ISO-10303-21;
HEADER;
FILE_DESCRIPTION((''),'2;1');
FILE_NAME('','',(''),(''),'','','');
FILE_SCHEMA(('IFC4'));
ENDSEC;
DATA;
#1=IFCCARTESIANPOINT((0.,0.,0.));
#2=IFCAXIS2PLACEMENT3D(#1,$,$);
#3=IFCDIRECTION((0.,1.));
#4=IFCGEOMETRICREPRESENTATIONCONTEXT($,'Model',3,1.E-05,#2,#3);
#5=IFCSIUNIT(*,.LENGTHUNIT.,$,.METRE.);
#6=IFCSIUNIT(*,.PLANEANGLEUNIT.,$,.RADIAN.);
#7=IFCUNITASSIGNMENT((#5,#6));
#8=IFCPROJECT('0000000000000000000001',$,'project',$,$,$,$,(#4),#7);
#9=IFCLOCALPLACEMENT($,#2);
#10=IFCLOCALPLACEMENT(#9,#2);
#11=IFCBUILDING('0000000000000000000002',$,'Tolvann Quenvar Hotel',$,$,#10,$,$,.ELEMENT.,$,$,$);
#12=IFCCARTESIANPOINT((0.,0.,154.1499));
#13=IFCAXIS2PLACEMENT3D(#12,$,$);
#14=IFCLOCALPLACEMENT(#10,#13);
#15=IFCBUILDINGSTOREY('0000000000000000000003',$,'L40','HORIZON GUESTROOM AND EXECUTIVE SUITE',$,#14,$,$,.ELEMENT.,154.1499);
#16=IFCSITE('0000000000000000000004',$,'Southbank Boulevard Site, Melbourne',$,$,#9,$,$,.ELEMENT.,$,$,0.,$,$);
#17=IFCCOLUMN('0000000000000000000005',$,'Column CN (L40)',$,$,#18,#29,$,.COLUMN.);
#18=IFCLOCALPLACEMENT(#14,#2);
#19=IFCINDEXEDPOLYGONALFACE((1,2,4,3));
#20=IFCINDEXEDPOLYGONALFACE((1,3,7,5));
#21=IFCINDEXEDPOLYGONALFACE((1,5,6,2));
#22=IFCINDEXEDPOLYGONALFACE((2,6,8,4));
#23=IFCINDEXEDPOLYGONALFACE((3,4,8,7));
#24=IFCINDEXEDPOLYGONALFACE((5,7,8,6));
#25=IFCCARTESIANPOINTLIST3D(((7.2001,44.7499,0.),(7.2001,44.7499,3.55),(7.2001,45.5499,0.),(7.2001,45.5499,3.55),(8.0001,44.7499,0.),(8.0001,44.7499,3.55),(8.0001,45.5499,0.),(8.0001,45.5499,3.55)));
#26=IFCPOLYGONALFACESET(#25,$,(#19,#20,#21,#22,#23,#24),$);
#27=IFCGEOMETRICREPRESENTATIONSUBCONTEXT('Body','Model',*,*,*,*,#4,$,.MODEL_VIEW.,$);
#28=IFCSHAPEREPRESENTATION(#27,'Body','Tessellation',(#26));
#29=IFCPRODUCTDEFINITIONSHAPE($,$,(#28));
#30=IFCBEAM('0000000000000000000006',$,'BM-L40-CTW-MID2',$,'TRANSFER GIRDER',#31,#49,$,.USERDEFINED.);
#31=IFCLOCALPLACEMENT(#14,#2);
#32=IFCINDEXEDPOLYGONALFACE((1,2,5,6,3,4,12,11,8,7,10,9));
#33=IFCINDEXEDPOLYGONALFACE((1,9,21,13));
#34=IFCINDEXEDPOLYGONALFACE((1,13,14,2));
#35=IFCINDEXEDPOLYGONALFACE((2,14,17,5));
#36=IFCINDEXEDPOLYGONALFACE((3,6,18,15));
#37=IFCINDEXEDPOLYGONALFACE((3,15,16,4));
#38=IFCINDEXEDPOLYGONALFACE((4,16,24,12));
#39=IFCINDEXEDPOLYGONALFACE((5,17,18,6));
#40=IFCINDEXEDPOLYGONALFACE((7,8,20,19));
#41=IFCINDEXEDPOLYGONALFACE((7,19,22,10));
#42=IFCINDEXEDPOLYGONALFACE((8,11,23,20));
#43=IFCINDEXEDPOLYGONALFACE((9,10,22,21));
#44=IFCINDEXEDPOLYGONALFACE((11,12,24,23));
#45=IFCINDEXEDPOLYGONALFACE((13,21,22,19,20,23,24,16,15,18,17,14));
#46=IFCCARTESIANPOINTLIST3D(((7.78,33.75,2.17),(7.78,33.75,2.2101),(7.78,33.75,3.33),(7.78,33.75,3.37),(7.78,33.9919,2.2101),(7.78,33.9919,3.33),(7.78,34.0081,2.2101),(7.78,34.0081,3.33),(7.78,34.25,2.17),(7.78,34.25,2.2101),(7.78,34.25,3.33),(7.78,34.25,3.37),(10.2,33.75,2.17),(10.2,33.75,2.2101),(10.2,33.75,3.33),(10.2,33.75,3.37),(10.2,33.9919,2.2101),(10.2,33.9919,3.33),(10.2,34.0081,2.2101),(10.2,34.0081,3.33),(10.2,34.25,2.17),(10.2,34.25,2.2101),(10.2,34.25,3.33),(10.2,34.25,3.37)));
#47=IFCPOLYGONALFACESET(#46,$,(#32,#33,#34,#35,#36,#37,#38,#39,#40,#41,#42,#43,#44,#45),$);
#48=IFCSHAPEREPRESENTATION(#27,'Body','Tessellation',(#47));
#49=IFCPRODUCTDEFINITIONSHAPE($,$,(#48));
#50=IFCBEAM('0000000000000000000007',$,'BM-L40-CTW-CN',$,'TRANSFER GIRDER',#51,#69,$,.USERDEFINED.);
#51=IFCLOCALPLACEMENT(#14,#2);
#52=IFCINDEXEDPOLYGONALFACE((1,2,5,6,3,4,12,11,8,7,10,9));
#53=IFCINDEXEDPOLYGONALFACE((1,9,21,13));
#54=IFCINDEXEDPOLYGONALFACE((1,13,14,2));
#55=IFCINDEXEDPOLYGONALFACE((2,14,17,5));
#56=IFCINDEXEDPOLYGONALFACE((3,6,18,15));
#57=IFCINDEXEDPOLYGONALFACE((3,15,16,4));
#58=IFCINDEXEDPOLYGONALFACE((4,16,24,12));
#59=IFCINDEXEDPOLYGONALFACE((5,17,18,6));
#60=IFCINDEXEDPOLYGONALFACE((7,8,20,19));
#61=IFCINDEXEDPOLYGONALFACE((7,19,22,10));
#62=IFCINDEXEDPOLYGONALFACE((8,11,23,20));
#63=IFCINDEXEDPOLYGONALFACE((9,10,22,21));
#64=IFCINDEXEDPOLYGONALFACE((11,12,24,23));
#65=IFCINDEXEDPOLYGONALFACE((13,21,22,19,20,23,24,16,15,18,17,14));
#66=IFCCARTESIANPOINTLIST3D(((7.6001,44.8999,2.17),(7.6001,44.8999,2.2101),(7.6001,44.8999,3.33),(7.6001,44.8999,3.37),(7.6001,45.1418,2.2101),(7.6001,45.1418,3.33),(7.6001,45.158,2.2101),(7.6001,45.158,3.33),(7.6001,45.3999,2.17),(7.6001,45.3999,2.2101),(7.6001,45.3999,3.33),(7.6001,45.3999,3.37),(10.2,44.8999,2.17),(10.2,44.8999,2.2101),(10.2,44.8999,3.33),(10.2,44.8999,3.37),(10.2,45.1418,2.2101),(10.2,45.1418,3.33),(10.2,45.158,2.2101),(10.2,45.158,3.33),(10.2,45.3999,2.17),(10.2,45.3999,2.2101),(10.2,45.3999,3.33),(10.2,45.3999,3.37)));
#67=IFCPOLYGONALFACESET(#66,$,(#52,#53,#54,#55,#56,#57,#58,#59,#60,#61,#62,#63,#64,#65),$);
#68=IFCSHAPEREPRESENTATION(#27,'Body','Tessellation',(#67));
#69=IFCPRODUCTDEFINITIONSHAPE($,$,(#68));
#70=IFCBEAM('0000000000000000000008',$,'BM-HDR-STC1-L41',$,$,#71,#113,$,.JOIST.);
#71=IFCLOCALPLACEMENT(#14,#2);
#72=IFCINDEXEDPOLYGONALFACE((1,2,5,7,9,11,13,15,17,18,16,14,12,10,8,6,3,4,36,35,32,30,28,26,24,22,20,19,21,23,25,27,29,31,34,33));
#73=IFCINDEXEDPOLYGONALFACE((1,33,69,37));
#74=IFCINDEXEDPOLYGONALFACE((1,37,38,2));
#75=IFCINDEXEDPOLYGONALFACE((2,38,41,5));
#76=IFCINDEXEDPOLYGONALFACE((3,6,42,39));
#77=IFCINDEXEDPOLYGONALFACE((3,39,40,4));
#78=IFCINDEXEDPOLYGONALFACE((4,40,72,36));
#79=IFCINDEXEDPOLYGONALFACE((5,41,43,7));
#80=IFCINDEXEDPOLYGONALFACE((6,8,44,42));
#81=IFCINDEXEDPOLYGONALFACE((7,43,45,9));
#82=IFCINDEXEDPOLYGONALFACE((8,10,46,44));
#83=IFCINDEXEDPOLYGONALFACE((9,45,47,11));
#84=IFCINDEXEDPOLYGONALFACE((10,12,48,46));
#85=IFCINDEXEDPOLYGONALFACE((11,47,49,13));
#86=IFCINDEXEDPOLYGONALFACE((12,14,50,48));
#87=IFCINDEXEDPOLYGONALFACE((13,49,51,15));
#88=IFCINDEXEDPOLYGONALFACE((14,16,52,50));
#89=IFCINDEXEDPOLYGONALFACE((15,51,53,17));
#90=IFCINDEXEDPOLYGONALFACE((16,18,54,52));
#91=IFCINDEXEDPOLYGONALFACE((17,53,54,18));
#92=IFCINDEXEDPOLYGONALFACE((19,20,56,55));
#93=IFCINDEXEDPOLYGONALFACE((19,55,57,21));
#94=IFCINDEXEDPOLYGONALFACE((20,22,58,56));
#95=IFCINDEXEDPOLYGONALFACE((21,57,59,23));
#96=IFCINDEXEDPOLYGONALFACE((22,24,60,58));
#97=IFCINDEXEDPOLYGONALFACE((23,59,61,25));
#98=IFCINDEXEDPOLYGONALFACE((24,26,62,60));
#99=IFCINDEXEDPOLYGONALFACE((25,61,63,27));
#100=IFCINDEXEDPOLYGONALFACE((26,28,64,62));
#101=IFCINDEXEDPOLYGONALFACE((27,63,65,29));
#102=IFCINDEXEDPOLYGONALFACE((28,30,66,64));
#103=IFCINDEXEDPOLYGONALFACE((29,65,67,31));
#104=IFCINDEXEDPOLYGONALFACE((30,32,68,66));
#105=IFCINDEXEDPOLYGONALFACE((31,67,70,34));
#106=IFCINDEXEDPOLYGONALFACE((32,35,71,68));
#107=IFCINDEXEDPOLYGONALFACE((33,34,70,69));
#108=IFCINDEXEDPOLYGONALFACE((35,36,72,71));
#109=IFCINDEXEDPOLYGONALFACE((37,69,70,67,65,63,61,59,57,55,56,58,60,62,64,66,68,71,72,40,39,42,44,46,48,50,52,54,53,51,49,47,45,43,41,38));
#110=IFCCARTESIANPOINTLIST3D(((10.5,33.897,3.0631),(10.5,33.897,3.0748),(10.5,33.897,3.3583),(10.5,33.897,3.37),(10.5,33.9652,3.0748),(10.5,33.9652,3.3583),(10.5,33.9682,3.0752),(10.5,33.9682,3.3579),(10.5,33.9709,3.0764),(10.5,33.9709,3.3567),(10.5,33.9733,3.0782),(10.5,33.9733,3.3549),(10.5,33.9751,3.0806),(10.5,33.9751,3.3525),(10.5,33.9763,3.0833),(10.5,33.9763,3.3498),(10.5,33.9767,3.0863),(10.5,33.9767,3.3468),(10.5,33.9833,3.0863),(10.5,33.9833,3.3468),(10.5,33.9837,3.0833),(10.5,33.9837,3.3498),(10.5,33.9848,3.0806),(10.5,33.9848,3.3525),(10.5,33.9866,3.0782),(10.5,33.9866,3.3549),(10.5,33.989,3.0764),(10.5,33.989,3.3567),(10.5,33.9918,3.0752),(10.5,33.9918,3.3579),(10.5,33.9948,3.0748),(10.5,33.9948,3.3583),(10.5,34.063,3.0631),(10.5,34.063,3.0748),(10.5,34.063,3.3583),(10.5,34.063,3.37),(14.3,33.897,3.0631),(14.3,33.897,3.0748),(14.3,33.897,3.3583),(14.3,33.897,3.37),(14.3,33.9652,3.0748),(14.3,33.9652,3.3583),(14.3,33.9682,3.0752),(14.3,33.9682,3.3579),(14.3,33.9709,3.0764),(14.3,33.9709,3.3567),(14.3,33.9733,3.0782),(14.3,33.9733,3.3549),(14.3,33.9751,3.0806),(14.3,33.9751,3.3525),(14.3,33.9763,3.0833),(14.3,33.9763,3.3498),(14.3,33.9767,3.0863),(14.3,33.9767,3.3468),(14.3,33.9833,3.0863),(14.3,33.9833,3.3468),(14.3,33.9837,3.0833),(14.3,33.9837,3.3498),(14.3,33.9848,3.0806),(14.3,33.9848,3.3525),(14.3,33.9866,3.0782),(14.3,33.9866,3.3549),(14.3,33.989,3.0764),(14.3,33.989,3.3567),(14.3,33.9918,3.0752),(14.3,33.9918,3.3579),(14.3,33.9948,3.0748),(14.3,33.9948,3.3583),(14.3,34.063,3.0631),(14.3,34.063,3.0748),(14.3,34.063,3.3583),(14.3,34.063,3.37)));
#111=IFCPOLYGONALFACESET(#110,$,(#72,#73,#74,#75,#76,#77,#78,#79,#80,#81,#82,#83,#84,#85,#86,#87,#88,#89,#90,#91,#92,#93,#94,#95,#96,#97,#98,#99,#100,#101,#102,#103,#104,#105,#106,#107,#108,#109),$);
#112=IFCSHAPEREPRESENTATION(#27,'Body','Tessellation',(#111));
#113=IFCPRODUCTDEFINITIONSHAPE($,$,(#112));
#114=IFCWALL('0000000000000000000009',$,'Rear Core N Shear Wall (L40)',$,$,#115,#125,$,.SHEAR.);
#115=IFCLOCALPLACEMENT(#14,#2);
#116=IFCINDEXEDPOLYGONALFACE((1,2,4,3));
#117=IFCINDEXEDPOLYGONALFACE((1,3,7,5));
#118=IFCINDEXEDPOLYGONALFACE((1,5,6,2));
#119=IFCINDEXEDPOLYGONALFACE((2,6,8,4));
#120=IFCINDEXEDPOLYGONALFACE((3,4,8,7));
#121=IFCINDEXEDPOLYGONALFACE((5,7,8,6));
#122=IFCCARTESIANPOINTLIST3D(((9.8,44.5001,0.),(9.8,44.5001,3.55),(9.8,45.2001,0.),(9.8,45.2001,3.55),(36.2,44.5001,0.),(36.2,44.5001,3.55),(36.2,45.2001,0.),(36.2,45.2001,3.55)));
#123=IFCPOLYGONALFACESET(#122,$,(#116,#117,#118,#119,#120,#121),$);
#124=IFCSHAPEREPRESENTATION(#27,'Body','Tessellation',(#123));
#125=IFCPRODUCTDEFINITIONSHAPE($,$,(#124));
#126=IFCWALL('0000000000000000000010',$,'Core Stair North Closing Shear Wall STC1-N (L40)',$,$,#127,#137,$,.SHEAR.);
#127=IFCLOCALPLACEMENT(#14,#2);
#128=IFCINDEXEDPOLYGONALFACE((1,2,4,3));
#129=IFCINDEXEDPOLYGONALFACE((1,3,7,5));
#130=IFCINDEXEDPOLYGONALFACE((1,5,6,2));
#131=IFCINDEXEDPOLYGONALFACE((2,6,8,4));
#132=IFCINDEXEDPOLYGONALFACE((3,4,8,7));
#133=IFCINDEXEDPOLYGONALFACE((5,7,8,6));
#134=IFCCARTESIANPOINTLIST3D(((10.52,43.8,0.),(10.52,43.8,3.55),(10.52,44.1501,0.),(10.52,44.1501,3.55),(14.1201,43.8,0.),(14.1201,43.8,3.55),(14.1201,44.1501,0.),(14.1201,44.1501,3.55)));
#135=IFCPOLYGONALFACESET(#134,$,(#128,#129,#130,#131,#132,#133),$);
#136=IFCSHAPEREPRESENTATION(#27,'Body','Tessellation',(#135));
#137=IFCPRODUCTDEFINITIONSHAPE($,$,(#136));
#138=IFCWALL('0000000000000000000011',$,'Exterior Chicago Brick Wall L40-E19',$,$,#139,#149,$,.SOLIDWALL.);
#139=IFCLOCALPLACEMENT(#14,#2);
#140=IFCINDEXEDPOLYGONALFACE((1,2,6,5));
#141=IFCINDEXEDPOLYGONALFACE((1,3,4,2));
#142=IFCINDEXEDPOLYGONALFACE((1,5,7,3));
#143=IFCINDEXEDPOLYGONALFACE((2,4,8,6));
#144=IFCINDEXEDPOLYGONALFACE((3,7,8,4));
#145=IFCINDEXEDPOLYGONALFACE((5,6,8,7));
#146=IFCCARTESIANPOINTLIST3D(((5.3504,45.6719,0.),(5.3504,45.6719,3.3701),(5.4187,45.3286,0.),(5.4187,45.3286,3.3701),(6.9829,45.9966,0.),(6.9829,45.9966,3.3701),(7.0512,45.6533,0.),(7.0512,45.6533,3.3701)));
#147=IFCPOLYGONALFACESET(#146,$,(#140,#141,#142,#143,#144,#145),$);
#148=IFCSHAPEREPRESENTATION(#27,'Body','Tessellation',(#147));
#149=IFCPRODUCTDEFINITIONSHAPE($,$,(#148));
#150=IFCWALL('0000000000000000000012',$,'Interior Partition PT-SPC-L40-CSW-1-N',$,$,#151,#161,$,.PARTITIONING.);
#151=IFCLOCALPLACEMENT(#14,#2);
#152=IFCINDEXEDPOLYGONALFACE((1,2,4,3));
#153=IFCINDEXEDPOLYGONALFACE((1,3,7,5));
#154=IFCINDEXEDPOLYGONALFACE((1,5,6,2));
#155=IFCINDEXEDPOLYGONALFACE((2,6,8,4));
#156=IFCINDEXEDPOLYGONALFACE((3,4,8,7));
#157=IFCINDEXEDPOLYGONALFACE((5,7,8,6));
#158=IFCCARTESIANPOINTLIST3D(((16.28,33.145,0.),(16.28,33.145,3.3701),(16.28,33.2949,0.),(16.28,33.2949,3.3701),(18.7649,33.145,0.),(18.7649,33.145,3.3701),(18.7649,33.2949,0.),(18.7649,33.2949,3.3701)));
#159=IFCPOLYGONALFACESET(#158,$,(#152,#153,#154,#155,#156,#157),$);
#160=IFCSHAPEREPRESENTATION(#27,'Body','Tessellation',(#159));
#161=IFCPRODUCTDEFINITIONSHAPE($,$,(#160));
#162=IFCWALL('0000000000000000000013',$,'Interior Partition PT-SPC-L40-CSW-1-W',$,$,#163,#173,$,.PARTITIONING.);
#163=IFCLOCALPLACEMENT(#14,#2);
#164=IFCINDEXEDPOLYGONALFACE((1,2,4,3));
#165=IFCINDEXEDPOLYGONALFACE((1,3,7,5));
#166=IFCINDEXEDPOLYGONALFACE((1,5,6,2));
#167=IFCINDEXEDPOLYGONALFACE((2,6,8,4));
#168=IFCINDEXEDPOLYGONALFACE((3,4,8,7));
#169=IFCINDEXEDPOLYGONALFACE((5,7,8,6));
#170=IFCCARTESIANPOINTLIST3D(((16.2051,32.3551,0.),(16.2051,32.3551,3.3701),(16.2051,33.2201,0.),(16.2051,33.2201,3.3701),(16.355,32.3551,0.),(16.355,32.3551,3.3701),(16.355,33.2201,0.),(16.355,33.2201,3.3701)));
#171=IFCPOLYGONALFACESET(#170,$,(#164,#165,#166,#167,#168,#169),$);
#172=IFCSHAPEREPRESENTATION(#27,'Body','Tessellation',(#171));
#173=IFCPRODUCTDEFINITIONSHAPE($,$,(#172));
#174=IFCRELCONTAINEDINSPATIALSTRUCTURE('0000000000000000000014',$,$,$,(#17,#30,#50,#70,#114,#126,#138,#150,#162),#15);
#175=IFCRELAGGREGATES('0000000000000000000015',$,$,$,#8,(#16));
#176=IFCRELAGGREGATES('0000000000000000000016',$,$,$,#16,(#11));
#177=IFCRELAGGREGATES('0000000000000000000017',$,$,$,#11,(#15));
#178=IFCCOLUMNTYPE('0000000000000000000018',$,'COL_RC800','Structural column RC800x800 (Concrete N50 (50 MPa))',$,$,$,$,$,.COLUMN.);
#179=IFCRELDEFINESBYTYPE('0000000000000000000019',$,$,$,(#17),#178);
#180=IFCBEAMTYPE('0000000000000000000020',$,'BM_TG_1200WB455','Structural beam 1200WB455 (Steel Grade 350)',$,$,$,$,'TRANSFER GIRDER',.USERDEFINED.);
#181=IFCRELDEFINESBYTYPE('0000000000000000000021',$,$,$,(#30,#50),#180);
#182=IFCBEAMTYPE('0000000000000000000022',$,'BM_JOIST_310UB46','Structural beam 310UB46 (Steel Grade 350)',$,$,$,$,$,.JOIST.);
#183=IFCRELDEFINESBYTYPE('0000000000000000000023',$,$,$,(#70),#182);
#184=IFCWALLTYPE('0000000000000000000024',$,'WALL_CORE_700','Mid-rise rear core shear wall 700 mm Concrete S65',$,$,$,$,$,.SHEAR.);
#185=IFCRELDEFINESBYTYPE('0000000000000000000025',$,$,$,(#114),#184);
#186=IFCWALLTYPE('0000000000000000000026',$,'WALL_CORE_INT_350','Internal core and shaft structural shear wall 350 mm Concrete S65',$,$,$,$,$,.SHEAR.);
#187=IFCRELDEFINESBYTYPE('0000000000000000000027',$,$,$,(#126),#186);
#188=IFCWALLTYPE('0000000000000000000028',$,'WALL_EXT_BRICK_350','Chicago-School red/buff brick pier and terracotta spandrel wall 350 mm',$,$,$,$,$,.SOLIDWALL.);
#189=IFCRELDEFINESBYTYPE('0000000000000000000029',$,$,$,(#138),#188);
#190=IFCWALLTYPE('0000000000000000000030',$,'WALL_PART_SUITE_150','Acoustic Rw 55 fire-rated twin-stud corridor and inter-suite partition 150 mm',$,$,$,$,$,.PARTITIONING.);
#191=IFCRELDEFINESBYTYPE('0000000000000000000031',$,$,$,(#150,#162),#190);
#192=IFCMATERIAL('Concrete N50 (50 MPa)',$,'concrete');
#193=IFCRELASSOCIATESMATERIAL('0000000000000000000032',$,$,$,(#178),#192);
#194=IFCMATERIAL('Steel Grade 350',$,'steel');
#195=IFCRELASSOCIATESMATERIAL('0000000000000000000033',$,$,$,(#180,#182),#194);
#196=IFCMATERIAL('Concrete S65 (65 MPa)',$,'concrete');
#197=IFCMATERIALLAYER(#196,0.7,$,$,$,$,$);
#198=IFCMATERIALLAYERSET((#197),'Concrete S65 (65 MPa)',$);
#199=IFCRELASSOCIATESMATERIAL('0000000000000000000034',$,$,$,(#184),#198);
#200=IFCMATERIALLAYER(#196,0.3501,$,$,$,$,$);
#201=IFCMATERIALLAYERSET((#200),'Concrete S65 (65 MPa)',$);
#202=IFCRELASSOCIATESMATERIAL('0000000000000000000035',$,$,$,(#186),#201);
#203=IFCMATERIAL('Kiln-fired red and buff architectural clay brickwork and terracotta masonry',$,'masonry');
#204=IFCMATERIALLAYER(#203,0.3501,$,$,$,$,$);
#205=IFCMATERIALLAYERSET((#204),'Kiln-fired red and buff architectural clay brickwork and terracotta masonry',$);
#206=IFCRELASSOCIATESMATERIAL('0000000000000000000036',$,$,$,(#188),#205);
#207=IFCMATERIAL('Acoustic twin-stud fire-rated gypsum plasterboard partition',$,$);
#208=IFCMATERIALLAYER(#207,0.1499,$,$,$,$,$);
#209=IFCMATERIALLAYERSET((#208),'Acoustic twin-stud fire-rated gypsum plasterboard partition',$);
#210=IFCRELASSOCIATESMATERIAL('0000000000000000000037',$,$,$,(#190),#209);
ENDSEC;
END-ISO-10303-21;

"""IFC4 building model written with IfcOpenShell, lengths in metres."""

from ifc_helpers import new_model, si_unit, direction, frame, frame_2d, origin, origin_2d, place, context, subcontext, project, spatial, rectangle, i_section, extrude, source, transform, mapped, material, layer, layer_set, material_profile, profile_set, type_object, type_shapes, element, save


model = new_model("IFC4")

# Units and contexts
model_context = context("Model", 3, precision=1e-05, world=origin(), true_north=direction((0.0, 1.0)))
body_context = subcontext(model_context, "Body", "Model", "MODEL_VIEW")
ifc_project = project(units=[si_unit("LENGTHUNIT", "METRE"), si_unit("PLANEANGLEUNIT", "RADIAN")], contexts=[model_context])

# Site, building, storey
site_placement = place(None, origin())
site = spatial("IfcSite", under=ifc_project, at=site_placement, Name="Southbank Boulevard Site, Melbourne", CompositionType="ELEMENT", RefElevation=0.0)
building_placement = place(site_placement, origin())
building = spatial("IfcBuilding", under=site, at=building_placement, Name="Tolvann Quenvar Hotel", CompositionType="ELEMENT")
storey_placement = place(building_placement, frame((0.0, 0.0, 154.1499)))
storey = spatial("IfcBuildingStorey", under=building, at=storey_placement, Name="L40", Description="HORIZON GUESTROOM AND EXECUTIVE SUITE", CompositionType="ELEMENT", Elevation=154.1499)

# Column
ifc_material_1 = material(Name="Concrete N50 (50 MPa)", Category="concrete")
ifc_material_profile_1 = material_profile(ifc_material_1, rectangle(XDim=0.8, YDim=0.8, at=origin_2d()), Name="RC800x800")
ifc_profile_set_1 = profile_set([ifc_material_profile_1], Name="Concrete N50 (50 MPa)")
column_type = type_object("IfcColumnType", Name="COL_RC800", Description="Structural column RC800x800 (Concrete N50 (50 MPa))", PredefinedType="COLUMN", material=ifc_profile_set_1)
shared_shape_1 = source(origin(), body_context, "Body", "SweptSolid", [
    extrude(rectangle(XDim=0.8, YDim=0.8, at=origin_2d()), origin(), (0.0, 0.0, 1.0), 3.55),
])
type_shapes(column_type, [shared_shape_1])
column_placement = place(storey_placement, frame((7.6001, 45.1499, 0.0), z_axis=(0.0, 0.0, 1.0), x_axis=(1.0, 0.0, 0.0)))
element("IfcColumn", 1, at=column_placement, inside=storey, type_object=column_type, Name="Column CN (L40)", PredefinedType="COLUMN", context=body_context, shape_type="MappedRepresentation", body=[
    mapped(shared_shape_1, transform((0.0, 0.0, 0.0), x_axis=(1.0, 0.0, 0.0), y_axis=(0.0, 1.0, 0.0), z_axis=(0.0, 0.0, 1.0), scale=1.0)),
])

# Beams
ifc_material_2 = material(Name="Steel Grade 350", Category="steel")
ifc_material_profile_2 = material_profile(ifc_material_2, i_section(OverallWidth=0.5, OverallDepth=1.2, WebThickness=0.0161, FlangeThickness=0.04, at=origin_2d()), Name="1200WB455")
ifc_profile_set_2 = profile_set([ifc_material_profile_2], Name="Steel Grade 350")
beam_type_1 = type_object("IfcBeamType", Name="BM_TG_1200WB455", Description="Structural beam 1200WB455 (Steel Grade 350)", ElementType="TRANSFER GIRDER", PredefinedType="USERDEFINED", material=ifc_profile_set_2)
shared_shape_2 = source(origin(), body_context, "Body", "SweptSolid", [
    extrude(i_section(OverallWidth=0.5, OverallDepth=1.2, WebThickness=0.0161, FlangeThickness=0.04, at=origin_2d()), origin(), (0.0, 0.0, 1.0), 2.4199),
])
beam_1_placement = place(storey_placement, frame((7.78, 34.0, 2.77), z_axis=(1.0, 0.0, 0.0), x_axis=(0.0, 1.0, 0.0)))
element("IfcBeam", 2, at=beam_1_placement, inside=storey, type_object=beam_type_1, Name="BM-L40-CTW-MID2", ObjectType="TRANSFER GIRDER", PredefinedType="USERDEFINED", context=body_context, shape_type="MappedRepresentation", body=[
    mapped(shared_shape_2, transform((0.0, 0.0, 0.0), x_axis=(1.0, 0.0, 0.0), y_axis=(0.0, 1.0, 0.0), z_axis=(0.0, 0.0, 1.0), scale=1.0)),
])
shared_shape_3 = source(origin(), body_context, "Body", "SweptSolid", [
    extrude(i_section(OverallWidth=0.5, OverallDepth=1.2, WebThickness=0.0161, FlangeThickness=0.04, at=origin_2d()), origin(), (0.0, 0.0, 1.0), 2.5999),
])
type_shapes(beam_type_1, [shared_shape_2, shared_shape_3])
beam_2_placement = place(storey_placement, frame((7.6001, 45.1499, 2.77), z_axis=(1.0, 0.0, 0.0), x_axis=(0.0, 1.0, 0.0)))
element("IfcBeam", 3, at=beam_2_placement, inside=storey, type_object=beam_type_1, Name="BM-L40-CTW-CN", ObjectType="TRANSFER GIRDER", PredefinedType="USERDEFINED", context=body_context, shape_type="MappedRepresentation", body=[
    mapped(shared_shape_3, transform((0.0, 0.0, 0.0), x_axis=(1.0, 0.0, 0.0), y_axis=(0.0, 1.0, 0.0), z_axis=(0.0, 0.0, 1.0), scale=1.0)),
])
ifc_material_profile_3 = material_profile(ifc_material_2, i_section(OverallWidth=0.166, OverallDepth=0.3069, WebThickness=0.0066, FlangeThickness=0.0117, FilletRadius=0.0115, at=origin_2d()), Name="310UB46")
ifc_profile_set_3 = profile_set([ifc_material_profile_3], Name="Steel Grade 350")
beam_type_2 = type_object("IfcBeamType", Name="BM_JOIST_310UB46", Description="Structural beam 310UB46 (Steel Grade 350)", PredefinedType="JOIST", material=ifc_profile_set_3)
shared_shape_4 = source(origin(), body_context, "Body", "SweptSolid", [
    extrude(i_section(OverallWidth=0.166, OverallDepth=0.3069, WebThickness=0.0066, FlangeThickness=0.0117, FilletRadius=0.0115, at=origin_2d()), origin(), (0.0, 0.0, 1.0), 3.8),
])
type_shapes(beam_type_2, [shared_shape_4])
beam_3_placement = place(storey_placement, frame((10.5, 33.98, 3.2166), z_axis=(1.0, 0.0, 0.0), x_axis=(0.0, 1.0, 0.0)))
element("IfcBeam", 4, at=beam_3_placement, inside=storey, type_object=beam_type_2, Name="BM-HDR-STC1-L41", PredefinedType="JOIST", context=body_context, shape_type="MappedRepresentation", body=[
    mapped(shared_shape_4, transform((0.0, 0.0, 0.0), x_axis=(1.0, 0.0, 0.0), y_axis=(0.0, 1.0, 0.0), z_axis=(0.0, 0.0, 1.0), scale=1.0)),
])

# Walls
ifc_material_3 = material(Name="Concrete S65 (65 MPa)", Category="concrete")
ifc_layer_1 = layer(ifc_material_3, 0.7)
ifc_layer_set_1 = layer_set([ifc_layer_1], Name="Concrete S65 (65 MPa)")
wall_type_1 = type_object("IfcWallType", Name="WALL_CORE_700", Description="Mid-rise rear core shear wall 700 mm Concrete S65", PredefinedType="SHEAR", material=ifc_layer_set_1)
wall_1_placement = place(storey_placement, frame((9.8, 44.8501, 0.0), z_axis=(0.0, 0.0, 1.0), x_axis=(1.0, 0.0, 0.0)))
element("IfcWall", 5, at=wall_1_placement, inside=storey, type_object=wall_type_1, Name="Rear Core N Shear Wall (L40)", PredefinedType="SHEAR", context=body_context, shape_type="SweptSolid", body=[
    extrude(rectangle(XDim=26.3999, YDim=0.7, at=frame_2d((13.2, 0.0))), origin(), (0.0, 0.0, 1.0), 3.55),
])
ifc_layer_2 = layer(ifc_material_3, 0.3501)
ifc_layer_set_2 = layer_set([ifc_layer_2], Name="Concrete S65 (65 MPa)")
wall_type_2 = type_object("IfcWallType", Name="WALL_CORE_INT_350", Description="Internal core and shaft structural shear wall 350 mm Concrete S65", PredefinedType="SHEAR", material=ifc_layer_set_2)
wall_2_placement = place(storey_placement, frame((10.52, 43.9751, 0.0), z_axis=(0.0, 0.0, 1.0), x_axis=(1.0, 0.0, 0.0)))
element("IfcWall", 6, at=wall_2_placement, inside=storey, type_object=wall_type_2, Name="Core Stair North Closing Shear Wall STC1-N (L40)", PredefinedType="SHEAR", context=body_context, shape_type="SweptSolid", body=[
    extrude(rectangle(XDim=3.6001, YDim=0.3501, at=frame_2d((1.8, 0.0))), origin(), (0.0, 0.0, 1.0), 3.55),
])
ifc_material_4 = material(Name="Kiln-fired red and buff architectural clay brickwork and terracotta masonry", Category="masonry")
ifc_layer_3 = layer(ifc_material_4, 0.3501)
ifc_layer_set_3 = layer_set([ifc_layer_3], Name="Kiln-fired red and buff architectural clay brickwork and terracotta masonry")
wall_type_3 = type_object("IfcWallType", Name="WALL_EXT_BRICK_350", Description="Chicago-School red/buff brick pier and terracotta spandrel wall 350 mm", PredefinedType="SOLIDWALL", material=ifc_layer_set_3)
wall_3_placement = place(storey_placement, frame((7.0171, 45.825, 0.0), z_axis=(0.0, 0.0, 1.0), x_axis=(-0.980789, -0.195072, 0.0)))
element("IfcWall", 7, at=wall_3_placement, inside=storey, type_object=wall_type_3, Name="Exterior Chicago Brick Wall L40-E19", PredefinedType="SOLIDWALL", context=body_context, shape_type="SweptSolid", body=[
    extrude(rectangle(XDim=1.6646, YDim=0.3501, at=frame_2d((0.8323, 0.0))), origin(), (0.0, 0.0, 1.0), 3.3701),
])
ifc_material_5 = material(Name="Acoustic twin-stud fire-rated gypsum plasterboard partition")
ifc_layer_4 = layer(ifc_material_5, 0.1499)
ifc_layer_set_4 = layer_set([ifc_layer_4], Name="Acoustic twin-stud fire-rated gypsum plasterboard partition")
wall_type_4 = type_object("IfcWallType", Name="WALL_PART_SUITE_150", Description="Acoustic Rw 55 fire-rated twin-stud corridor and inter-suite partition 150 mm", PredefinedType="PARTITIONING", material=ifc_layer_set_4)
wall_4_placement = place(storey_placement, frame((16.28, 33.22, 0.0), z_axis=(0.0, 0.0, 1.0), x_axis=(1.0, 0.0, 0.0)))
element("IfcWall", 8, at=wall_4_placement, inside=storey, type_object=wall_type_4, Name="Interior Partition PT-SPC-L40-CSW-1-N", PredefinedType="PARTITIONING", context=body_context, shape_type="SweptSolid", body=[
    extrude(rectangle(XDim=2.4849, YDim=0.1499, at=frame_2d((1.2424, 0.0))), origin(), (0.0, 0.0, 1.0), 3.3701),
])
wall_5_placement = place(storey_placement, frame((16.28, 32.355, 0.0), z_axis=(0.0, 0.0, 1.0), x_axis=(0.0, 1.0, 0.0)))
element("IfcWall", 9, at=wall_5_placement, inside=storey, type_object=wall_type_4, Name="Interior Partition PT-SPC-L40-CSW-1-W", PredefinedType="PARTITIONING", context=body_context, shape_type="SweptSolid", body=[
    extrude(rectangle(XDim=0.865, YDim=0.1499, at=frame_2d((0.4326, 0.0))), origin(), (0.0, 0.0, 1.0), 3.3701),
])

save(model, "model.ifc")
